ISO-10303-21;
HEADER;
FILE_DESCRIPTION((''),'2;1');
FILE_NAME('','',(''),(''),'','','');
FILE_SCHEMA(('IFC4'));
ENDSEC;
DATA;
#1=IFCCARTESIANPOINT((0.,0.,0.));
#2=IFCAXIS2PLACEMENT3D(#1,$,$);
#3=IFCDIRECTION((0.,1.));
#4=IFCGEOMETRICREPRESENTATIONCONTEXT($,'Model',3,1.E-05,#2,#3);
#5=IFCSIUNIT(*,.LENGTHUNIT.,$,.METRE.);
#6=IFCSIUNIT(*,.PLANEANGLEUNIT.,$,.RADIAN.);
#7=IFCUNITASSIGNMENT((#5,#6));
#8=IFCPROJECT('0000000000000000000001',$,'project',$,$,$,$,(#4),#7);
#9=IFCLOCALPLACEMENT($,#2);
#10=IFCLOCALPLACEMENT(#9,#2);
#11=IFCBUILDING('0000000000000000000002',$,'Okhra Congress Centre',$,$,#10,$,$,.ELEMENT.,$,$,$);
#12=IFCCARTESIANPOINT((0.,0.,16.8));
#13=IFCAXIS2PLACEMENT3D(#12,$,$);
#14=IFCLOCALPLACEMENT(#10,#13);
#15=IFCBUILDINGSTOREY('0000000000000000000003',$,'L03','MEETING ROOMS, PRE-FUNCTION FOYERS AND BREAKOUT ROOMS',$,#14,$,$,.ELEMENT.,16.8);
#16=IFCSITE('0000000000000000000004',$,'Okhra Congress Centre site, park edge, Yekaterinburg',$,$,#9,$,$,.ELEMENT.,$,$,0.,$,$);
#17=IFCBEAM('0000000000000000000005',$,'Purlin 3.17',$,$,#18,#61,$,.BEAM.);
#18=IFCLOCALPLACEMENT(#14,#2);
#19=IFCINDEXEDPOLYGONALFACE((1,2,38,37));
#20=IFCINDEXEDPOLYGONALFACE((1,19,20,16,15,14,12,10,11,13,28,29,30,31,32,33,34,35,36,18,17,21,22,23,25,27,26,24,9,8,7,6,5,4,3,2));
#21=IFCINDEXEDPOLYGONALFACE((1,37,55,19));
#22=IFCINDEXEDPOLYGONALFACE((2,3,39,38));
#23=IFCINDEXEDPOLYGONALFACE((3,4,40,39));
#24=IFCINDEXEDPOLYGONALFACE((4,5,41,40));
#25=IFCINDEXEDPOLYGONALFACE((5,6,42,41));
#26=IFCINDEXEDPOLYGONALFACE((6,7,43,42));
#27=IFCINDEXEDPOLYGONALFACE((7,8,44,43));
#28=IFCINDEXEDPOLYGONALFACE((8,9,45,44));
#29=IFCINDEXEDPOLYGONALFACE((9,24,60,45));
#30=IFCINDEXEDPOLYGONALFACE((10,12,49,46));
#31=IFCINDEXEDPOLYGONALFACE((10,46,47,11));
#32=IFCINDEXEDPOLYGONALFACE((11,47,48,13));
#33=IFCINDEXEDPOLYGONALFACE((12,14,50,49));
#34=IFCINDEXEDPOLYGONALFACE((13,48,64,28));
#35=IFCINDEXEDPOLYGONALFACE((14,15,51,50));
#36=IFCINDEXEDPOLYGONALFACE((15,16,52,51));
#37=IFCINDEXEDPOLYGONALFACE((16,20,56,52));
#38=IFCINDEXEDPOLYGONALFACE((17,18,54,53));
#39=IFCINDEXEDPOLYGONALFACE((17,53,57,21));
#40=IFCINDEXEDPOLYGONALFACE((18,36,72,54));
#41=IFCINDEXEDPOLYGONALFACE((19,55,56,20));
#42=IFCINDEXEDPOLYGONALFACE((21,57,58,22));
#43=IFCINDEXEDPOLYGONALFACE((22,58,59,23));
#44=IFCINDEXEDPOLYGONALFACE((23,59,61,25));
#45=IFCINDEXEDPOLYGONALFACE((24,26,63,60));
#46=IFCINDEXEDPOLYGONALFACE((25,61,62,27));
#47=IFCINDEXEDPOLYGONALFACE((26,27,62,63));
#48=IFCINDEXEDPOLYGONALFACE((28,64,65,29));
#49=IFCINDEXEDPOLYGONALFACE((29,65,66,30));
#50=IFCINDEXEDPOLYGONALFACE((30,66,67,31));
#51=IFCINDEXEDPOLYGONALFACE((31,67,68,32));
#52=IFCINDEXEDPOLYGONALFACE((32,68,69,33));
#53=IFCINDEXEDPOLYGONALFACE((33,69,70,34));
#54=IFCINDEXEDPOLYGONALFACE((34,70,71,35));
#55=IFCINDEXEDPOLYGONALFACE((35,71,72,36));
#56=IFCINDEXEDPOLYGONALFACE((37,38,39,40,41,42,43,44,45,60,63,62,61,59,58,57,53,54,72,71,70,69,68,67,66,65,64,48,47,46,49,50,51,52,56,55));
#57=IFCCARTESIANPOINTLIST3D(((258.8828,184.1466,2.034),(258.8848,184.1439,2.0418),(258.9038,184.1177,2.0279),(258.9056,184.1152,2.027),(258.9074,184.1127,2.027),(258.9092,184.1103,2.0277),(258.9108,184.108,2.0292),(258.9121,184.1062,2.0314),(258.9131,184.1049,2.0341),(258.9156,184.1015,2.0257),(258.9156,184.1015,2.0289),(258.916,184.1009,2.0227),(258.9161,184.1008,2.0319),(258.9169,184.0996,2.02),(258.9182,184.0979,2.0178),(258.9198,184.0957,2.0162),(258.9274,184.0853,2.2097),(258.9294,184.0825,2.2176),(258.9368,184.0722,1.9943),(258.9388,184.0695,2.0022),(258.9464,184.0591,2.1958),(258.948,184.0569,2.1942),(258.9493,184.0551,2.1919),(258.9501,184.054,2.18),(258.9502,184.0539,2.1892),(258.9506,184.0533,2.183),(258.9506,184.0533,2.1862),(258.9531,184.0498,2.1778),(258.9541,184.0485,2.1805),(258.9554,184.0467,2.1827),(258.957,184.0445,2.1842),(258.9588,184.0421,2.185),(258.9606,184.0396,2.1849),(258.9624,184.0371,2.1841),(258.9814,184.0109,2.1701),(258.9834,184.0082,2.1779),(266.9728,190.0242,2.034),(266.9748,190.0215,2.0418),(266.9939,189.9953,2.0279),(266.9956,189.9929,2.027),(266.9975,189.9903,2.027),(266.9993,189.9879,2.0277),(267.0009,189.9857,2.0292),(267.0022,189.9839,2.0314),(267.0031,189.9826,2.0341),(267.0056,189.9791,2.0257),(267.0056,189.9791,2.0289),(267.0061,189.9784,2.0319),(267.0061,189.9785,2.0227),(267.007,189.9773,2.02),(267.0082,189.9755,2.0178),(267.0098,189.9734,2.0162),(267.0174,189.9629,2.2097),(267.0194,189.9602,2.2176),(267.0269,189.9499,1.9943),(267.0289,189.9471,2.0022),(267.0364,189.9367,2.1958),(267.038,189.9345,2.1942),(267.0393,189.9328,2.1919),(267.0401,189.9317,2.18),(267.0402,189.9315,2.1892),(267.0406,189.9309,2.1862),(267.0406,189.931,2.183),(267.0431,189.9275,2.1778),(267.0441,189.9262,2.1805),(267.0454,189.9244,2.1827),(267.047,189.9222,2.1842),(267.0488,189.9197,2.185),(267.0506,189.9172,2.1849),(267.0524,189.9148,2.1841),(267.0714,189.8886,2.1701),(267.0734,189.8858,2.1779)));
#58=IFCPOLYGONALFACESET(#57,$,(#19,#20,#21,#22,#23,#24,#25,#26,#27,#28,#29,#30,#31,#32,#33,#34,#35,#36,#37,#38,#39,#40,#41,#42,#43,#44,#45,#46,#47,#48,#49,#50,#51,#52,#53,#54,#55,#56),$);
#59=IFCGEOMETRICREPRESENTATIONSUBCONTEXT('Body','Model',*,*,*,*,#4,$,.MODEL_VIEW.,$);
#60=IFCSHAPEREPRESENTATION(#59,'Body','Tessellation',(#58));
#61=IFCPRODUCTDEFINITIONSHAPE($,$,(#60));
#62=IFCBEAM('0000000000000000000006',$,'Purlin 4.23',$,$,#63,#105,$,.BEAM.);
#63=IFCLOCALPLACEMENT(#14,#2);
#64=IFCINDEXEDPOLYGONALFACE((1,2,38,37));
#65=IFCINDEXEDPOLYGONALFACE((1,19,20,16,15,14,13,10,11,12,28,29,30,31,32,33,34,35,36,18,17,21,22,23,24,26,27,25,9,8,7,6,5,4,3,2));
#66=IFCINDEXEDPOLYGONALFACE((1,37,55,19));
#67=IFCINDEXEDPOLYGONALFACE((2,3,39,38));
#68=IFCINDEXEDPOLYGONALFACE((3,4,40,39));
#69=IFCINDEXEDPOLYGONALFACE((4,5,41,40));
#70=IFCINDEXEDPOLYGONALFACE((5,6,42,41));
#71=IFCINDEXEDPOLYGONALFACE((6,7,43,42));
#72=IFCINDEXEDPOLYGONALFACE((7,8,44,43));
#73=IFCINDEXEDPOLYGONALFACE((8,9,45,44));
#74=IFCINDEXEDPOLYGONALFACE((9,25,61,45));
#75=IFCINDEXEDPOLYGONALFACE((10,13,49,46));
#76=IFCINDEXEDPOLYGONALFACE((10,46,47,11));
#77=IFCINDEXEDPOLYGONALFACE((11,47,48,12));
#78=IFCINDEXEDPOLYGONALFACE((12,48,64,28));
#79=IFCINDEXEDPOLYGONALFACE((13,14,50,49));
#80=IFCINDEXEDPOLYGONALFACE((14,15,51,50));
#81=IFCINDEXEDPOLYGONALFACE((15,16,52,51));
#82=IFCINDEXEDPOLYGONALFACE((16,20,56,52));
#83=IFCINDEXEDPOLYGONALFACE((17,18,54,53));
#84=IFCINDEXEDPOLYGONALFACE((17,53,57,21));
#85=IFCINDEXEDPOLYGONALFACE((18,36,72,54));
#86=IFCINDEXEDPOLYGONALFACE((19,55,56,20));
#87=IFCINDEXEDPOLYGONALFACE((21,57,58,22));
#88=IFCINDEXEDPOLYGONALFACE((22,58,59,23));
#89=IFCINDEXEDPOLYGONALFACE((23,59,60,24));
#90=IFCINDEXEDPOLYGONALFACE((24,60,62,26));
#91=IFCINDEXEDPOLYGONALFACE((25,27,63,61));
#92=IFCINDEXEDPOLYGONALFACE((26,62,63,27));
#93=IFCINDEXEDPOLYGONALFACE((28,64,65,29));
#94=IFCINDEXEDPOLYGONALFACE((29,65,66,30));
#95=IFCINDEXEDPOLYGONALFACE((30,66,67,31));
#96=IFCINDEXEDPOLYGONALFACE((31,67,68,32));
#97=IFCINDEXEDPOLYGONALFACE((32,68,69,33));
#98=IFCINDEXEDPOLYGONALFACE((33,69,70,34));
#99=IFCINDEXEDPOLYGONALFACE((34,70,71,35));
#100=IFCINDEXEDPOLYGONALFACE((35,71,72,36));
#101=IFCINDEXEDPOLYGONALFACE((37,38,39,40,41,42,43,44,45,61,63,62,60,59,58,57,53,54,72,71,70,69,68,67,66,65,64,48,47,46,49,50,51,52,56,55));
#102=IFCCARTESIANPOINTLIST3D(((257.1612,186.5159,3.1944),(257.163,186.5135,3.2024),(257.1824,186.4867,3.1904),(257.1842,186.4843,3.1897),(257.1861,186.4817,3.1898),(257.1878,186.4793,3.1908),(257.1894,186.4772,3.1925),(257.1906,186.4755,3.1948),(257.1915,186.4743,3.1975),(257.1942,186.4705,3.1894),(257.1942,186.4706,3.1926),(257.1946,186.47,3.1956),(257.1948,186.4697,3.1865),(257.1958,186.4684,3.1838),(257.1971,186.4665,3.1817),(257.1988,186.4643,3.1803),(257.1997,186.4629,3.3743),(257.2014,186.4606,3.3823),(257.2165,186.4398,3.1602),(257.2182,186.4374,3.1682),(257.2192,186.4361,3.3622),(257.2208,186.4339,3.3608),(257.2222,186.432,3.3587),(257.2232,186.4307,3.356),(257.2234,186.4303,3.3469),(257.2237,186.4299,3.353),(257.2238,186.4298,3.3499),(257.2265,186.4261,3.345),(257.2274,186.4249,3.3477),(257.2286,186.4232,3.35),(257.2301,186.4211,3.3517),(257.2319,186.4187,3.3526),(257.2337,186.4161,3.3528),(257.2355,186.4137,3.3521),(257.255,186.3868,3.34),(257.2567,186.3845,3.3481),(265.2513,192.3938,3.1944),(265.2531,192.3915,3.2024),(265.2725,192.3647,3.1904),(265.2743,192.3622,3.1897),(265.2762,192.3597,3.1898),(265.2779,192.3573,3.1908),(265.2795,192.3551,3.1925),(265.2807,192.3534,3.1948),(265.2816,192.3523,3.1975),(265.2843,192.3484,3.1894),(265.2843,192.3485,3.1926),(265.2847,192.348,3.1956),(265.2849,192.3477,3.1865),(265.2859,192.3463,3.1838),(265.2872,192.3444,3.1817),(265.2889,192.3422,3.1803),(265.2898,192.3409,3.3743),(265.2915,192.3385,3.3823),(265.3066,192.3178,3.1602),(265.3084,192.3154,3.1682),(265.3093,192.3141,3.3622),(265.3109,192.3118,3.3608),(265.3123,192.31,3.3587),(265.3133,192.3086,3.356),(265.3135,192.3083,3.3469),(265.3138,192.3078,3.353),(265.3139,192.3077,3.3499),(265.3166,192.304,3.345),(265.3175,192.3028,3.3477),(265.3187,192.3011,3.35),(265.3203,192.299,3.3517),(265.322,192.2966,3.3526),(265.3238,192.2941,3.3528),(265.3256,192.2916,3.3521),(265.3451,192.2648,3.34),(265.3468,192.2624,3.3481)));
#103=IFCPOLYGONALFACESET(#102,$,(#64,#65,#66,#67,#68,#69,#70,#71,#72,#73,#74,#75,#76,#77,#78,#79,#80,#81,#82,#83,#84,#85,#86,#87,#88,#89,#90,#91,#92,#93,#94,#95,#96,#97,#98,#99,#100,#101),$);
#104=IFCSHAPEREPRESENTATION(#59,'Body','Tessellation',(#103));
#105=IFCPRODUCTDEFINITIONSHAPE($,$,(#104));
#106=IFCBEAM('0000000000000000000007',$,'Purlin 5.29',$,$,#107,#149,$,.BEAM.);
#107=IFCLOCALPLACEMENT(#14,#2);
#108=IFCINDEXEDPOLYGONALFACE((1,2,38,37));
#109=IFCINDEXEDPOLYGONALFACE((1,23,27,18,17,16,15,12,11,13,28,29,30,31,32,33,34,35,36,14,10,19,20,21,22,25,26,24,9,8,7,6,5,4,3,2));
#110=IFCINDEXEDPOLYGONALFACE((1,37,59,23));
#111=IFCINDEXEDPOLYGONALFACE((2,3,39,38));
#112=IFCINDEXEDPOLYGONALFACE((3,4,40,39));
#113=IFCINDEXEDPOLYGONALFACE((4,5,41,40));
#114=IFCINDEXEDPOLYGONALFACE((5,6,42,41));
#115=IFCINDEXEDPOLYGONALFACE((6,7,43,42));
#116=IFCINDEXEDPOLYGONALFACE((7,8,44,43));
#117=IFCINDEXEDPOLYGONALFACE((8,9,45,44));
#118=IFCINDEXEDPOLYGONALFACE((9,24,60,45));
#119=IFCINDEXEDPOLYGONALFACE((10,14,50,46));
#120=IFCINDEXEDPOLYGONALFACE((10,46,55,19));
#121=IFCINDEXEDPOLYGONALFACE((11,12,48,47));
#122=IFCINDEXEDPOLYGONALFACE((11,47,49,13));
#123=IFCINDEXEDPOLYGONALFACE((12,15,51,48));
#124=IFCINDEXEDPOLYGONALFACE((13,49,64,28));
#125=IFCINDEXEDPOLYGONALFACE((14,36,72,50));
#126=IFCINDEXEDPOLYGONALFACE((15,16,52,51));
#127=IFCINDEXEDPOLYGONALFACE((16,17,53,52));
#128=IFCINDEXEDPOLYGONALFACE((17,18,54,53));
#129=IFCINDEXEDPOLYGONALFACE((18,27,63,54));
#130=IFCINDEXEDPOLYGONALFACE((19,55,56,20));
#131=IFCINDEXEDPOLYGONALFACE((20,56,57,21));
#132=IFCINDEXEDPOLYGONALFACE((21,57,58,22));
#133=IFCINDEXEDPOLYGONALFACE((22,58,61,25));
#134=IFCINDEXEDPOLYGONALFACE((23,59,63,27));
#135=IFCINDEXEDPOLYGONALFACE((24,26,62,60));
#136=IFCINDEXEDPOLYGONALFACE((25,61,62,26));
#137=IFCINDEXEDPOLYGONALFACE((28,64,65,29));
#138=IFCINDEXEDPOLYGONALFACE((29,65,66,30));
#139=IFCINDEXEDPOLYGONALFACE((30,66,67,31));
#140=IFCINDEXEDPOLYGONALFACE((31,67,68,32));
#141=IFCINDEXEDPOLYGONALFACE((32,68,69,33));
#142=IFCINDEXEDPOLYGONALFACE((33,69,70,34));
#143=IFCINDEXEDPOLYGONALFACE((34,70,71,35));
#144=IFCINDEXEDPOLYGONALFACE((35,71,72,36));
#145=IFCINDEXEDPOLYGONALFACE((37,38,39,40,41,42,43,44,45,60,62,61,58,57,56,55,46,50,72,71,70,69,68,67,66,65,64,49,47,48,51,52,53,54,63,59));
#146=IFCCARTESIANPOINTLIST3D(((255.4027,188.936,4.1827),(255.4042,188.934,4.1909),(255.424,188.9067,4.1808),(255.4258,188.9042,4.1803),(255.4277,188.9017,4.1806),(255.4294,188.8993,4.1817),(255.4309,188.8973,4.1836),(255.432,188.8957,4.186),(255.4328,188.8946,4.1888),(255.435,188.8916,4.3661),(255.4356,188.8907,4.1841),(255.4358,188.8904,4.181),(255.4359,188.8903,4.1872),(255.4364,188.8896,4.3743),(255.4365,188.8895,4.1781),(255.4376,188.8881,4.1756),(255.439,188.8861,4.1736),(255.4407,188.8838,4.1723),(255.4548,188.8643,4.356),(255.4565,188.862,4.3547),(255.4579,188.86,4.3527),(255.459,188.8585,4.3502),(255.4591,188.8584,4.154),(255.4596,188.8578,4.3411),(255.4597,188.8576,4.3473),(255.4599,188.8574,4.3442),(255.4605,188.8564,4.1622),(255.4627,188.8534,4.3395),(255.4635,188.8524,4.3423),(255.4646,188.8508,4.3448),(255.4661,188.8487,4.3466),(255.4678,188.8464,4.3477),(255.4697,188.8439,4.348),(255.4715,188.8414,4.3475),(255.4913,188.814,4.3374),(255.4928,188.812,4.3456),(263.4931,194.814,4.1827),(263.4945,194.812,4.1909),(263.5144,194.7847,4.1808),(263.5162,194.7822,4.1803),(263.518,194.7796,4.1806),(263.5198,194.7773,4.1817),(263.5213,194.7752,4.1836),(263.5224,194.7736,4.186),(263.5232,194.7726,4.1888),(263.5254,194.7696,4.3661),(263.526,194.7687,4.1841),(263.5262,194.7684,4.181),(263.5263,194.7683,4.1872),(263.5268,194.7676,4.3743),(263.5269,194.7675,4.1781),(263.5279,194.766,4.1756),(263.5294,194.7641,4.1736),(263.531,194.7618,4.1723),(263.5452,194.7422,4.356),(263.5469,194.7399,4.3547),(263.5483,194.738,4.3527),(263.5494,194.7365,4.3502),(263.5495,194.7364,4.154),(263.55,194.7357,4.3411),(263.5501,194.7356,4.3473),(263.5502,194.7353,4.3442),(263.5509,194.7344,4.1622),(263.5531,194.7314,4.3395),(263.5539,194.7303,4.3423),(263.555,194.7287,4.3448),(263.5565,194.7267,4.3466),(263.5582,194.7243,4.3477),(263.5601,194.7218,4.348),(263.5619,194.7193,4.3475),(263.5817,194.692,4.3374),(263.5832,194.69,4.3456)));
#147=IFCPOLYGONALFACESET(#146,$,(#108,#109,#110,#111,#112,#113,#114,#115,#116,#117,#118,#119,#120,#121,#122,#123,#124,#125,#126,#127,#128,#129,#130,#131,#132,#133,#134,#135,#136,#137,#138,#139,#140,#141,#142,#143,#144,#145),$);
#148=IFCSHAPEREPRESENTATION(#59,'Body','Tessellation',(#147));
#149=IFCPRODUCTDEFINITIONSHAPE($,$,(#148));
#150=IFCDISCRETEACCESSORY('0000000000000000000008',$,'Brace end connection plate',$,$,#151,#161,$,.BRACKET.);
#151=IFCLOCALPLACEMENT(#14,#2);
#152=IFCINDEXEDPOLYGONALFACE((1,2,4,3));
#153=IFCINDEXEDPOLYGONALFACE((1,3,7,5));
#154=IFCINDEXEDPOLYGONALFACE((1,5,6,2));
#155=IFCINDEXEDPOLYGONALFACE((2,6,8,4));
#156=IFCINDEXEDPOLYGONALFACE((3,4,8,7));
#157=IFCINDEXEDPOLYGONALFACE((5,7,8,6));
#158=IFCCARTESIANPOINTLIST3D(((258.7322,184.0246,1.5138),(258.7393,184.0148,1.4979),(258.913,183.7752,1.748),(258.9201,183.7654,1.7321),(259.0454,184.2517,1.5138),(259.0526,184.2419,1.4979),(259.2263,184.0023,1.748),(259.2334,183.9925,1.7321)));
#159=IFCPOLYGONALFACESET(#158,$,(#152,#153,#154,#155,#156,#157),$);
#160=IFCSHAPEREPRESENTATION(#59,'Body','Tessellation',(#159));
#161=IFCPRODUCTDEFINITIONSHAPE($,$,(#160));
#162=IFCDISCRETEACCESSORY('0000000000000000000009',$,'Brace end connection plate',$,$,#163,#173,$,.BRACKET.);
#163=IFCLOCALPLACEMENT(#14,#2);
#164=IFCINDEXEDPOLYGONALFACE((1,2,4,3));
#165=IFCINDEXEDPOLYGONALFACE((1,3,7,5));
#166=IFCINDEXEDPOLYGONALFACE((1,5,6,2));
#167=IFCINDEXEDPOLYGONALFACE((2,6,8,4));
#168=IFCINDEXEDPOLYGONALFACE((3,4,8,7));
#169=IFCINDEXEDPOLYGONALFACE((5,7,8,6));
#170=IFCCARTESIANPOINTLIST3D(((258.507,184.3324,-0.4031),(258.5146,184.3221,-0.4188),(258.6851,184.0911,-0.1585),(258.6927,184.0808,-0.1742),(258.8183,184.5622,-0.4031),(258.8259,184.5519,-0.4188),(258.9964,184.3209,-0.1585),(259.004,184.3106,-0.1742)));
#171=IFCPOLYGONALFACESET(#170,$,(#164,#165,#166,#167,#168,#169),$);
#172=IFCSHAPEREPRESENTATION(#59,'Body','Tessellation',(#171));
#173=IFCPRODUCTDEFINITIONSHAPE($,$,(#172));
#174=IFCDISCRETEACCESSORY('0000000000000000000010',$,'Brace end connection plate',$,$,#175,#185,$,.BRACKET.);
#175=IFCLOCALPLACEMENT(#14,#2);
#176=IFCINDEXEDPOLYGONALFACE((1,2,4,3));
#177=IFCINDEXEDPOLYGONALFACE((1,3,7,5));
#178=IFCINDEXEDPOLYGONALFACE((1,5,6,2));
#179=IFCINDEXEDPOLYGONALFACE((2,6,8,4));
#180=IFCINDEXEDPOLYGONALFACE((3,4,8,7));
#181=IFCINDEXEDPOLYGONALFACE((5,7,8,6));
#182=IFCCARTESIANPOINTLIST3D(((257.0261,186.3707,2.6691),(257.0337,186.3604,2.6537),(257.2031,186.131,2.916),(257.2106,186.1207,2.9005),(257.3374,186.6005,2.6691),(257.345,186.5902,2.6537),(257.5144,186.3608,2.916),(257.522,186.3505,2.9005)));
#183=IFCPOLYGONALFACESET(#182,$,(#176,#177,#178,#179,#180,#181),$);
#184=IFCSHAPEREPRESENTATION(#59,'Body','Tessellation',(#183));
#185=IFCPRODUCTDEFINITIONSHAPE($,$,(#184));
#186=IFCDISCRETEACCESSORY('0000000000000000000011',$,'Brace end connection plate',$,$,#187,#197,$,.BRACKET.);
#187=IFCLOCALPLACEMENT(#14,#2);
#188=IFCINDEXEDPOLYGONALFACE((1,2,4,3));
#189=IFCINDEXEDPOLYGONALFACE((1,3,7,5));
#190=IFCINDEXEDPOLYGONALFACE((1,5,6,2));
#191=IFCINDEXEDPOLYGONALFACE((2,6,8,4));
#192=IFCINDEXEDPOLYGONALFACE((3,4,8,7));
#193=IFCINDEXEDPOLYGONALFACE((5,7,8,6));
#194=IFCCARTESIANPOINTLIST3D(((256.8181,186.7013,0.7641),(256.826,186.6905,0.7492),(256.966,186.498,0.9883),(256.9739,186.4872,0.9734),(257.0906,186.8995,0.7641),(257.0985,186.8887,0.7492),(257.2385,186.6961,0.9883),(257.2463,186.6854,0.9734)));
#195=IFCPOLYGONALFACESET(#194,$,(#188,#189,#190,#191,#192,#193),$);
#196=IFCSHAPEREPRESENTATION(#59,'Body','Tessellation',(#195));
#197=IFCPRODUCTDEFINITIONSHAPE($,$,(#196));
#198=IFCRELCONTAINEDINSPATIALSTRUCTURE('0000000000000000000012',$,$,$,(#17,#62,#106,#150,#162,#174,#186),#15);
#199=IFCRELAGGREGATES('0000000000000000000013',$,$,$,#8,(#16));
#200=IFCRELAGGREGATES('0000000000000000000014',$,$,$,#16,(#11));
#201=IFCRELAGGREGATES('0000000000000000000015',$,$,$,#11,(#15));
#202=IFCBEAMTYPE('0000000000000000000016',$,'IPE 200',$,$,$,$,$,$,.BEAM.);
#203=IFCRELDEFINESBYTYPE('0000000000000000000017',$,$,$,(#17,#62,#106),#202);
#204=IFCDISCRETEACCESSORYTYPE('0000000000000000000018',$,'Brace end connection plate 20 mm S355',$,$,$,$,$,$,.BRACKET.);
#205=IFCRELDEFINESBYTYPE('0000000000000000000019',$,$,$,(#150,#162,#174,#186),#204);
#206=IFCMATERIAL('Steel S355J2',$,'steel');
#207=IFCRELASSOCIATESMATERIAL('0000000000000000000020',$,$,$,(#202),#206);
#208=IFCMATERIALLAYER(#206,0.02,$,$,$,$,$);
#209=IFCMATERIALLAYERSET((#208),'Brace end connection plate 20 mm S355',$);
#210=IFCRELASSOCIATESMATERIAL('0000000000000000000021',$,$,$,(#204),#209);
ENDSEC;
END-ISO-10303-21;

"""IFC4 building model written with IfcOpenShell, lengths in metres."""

from ifc_helpers import new_model, si_unit, direction, frame, origin, origin_2d, place, context, subcontext, project, spatial, rectangle, i_section, extrude, material, layer, layer_set, material_profile, profile_set, type_object, element, save


model = new_model("IFC4")

# Units and contexts
model_context = context("Model", 3, precision=1e-05, world=origin(), true_north=direction((0.0, 1.0)))
body_context = subcontext(model_context, "Body", "Model", "MODEL_VIEW")
ifc_project = project(units=[si_unit("LENGTHUNIT", "METRE"), si_unit("PLANEANGLEUNIT", "RADIAN")], contexts=[model_context])

# Site, building, storey
site_placement = place(None, origin())
site = spatial("IfcSite", under=ifc_project, at=site_placement, Name="Okhra Congress Centre site, park edge, Yekaterinburg", CompositionType="ELEMENT", RefElevation=0.0)
building_placement = place(site_placement, origin())
building = spatial("IfcBuilding", under=site, at=building_placement, Name="Okhra Congress Centre", CompositionType="ELEMENT")
storey_placement = place(building_placement, frame((0.0, 0.0, 16.8)))
storey = spatial("IfcBuildingStorey", under=building, at=storey_placement, Name="L03", Description="MEETING ROOMS, PRE-FUNCTION FOYERS AND BREAKOUT ROOMS", CompositionType="ELEMENT", Elevation=16.8)

# Beams
ifc_material_1 = material(Name="Steel S355J2", Category="steel")
ifc_material_profile_1 = material_profile(ifc_material_1, i_section(OverallWidth=0.1001, OverallDepth=0.2, WebThickness=0.0056, FlangeThickness=0.0085, FilletRadius=0.012, at=origin_2d()), Name="IPE 200")
ifc_profile_set_1 = profile_set([ifc_material_profile_1], Name="Steel S355J2")
beam_type = type_object("IfcBeamType", Name="IPE 200", PredefinedType="BEAM", material=ifc_profile_set_1)
beam_1_placement = place(storey_placement, frame((258.9331, 184.0774, 2.106), z_axis=(0.809022, 0.587778, 0.0), x_axis=(-0.539707, 0.742857, 0.39608)))
element("IfcBeam", 1, at=beam_1_placement, inside=storey, type_object=beam_type, Name="Purlin 3.17", PredefinedType="BEAM", context=body_context, shape_type="SweptSolid", body=[
    extrude(i_section(OverallWidth=0.1001, OverallDepth=0.2, WebThickness=0.0056, FlangeThickness=0.0085, FilletRadius=0.012, at=origin_2d()), origin(), (0.0, 0.0, 1.0), 9.9998),
])
beam_2_placement = place(storey_placement, frame((257.209, 186.4502, 3.2712), z_axis=(0.80901, 0.587794, 0.0), x_axis=(-0.552346, 0.760221, 0.34202)))
element("IfcBeam", 2, at=beam_2_placement, inside=storey, type_object=beam_type, Name="Purlin 4.23", PredefinedType="BEAM", context=body_context, shape_type="SweptSolid", body=[
    extrude(i_section(OverallWidth=0.1001, OverallDepth=0.2, WebThickness=0.0056, FlangeThickness=0.0085, FilletRadius=0.012, at=origin_2d()), origin(), (0.0, 0.0, 1.0), 10.0),
])
beam_3_placement = place(storey_placement, frame((255.4478, 188.874, 4.2642), z_axis=(0.809019, 0.587783, 0.0), x_axis=(-0.56309, 0.775032, 0.286803)))
element("IfcBeam", 3, at=beam_3_placement, inside=storey, type_object=beam_type, Name="Purlin 5.29", PredefinedType="BEAM", context=body_context, shape_type="SweptSolid", body=[
    extrude(i_section(OverallWidth=0.1001, OverallDepth=0.2, WebThickness=0.0056, FlangeThickness=0.0085, FilletRadius=0.012, at=origin_2d()), origin(), (0.0, 0.0, 1.0), 10.0002),
])

# Discrete accessories
ifc_layer = layer(ifc_material_1, 0.02)
ifc_layer_set = layer_set([ifc_layer], Name="Brace end connection plate 20 mm S355")
discrete_accessory_type = type_object("IfcDiscreteAccessoryType", Name="Brace end connection plate 20 mm S355", PredefinedType="BRACKET", material=ifc_layer_set)
discrete_accessory_1_placement = place(storey_placement, frame((258.9863, 184.0037, 1.615), z_axis=(-0.355194, 0.489922, 0.796124), x_axis=(-0.80961, -0.586968, 0.0)))
element("IfcDiscreteAccessory", 4, at=discrete_accessory_1_placement, inside=storey, type_object=discrete_accessory_type, Name="Brace end connection plate", PredefinedType="BRACKET", context=body_context, shape_type="SweptSolid", body=[
    extrude(rectangle(XDim=0.387, YDim=0.387, at=origin_2d()), origin(), (0.0, 0.0, 1.0), 0.02),
])
discrete_accessory_2_placement = place(storey_placement, frame((258.7517, 184.3267, -0.2808), z_axis=(0.375351, -0.50854, -0.774918), x_axis=(0.804574, 0.593852, 0.0)))
element("IfcDiscreteAccessory", 5, at=discrete_accessory_2_placement, inside=storey, type_object=discrete_accessory_type, Name="Brace end connection plate", PredefinedType="BRACKET", context=body_context, shape_type="SweptSolid", body=[
    extrude(rectangle(XDim=0.387, YDim=0.387, at=origin_2d()), origin(), (0.0, 0.0, 1.0), 0.0203),
])
discrete_accessory_3_placement = place(storey_placement, frame((257.2778, 186.3555, 2.7771), z_axis=(-0.378895, 0.513342, 0.770012), x_axis=(-0.804574, -0.593852, 0.0)))
element("IfcDiscreteAccessory", 6, at=discrete_accessory_3_placement, inside=storey, type_object=discrete_accessory_type, Name="Brace end connection plate", PredefinedType="BRACKET", context=body_context, shape_type="SweptSolid", body=[
    extrude(rectangle(XDim=0.387, YDim=0.387, at=origin_2d()), origin(), (0.0, 0.0, 1.0), 0.02),
])
for number, where, z_axis, x_axis, name in (
    (7, (257.0283, 186.6987, 0.8762), (0.391498, -0.538309, -0.746293), (0.808736, 0.588172, 0.0), "Brace end connection plate"),
):
    element("IfcDiscreteAccessory", number, at=place(storey_placement, frame(where, z_axis=z_axis, x_axis=x_axis)), inside=storey, type_object=discrete_accessory_type, Name=name, PredefinedType="BRACKET", context=body_context, shape_type="SweptSolid", body=[
        extrude(rectangle(XDim=0.3369, YDim=0.3369, at=origin_2d()), origin(), (0.0, 0.0, 1.0), 0.02),
    ])

save(model, "model.ifc")
